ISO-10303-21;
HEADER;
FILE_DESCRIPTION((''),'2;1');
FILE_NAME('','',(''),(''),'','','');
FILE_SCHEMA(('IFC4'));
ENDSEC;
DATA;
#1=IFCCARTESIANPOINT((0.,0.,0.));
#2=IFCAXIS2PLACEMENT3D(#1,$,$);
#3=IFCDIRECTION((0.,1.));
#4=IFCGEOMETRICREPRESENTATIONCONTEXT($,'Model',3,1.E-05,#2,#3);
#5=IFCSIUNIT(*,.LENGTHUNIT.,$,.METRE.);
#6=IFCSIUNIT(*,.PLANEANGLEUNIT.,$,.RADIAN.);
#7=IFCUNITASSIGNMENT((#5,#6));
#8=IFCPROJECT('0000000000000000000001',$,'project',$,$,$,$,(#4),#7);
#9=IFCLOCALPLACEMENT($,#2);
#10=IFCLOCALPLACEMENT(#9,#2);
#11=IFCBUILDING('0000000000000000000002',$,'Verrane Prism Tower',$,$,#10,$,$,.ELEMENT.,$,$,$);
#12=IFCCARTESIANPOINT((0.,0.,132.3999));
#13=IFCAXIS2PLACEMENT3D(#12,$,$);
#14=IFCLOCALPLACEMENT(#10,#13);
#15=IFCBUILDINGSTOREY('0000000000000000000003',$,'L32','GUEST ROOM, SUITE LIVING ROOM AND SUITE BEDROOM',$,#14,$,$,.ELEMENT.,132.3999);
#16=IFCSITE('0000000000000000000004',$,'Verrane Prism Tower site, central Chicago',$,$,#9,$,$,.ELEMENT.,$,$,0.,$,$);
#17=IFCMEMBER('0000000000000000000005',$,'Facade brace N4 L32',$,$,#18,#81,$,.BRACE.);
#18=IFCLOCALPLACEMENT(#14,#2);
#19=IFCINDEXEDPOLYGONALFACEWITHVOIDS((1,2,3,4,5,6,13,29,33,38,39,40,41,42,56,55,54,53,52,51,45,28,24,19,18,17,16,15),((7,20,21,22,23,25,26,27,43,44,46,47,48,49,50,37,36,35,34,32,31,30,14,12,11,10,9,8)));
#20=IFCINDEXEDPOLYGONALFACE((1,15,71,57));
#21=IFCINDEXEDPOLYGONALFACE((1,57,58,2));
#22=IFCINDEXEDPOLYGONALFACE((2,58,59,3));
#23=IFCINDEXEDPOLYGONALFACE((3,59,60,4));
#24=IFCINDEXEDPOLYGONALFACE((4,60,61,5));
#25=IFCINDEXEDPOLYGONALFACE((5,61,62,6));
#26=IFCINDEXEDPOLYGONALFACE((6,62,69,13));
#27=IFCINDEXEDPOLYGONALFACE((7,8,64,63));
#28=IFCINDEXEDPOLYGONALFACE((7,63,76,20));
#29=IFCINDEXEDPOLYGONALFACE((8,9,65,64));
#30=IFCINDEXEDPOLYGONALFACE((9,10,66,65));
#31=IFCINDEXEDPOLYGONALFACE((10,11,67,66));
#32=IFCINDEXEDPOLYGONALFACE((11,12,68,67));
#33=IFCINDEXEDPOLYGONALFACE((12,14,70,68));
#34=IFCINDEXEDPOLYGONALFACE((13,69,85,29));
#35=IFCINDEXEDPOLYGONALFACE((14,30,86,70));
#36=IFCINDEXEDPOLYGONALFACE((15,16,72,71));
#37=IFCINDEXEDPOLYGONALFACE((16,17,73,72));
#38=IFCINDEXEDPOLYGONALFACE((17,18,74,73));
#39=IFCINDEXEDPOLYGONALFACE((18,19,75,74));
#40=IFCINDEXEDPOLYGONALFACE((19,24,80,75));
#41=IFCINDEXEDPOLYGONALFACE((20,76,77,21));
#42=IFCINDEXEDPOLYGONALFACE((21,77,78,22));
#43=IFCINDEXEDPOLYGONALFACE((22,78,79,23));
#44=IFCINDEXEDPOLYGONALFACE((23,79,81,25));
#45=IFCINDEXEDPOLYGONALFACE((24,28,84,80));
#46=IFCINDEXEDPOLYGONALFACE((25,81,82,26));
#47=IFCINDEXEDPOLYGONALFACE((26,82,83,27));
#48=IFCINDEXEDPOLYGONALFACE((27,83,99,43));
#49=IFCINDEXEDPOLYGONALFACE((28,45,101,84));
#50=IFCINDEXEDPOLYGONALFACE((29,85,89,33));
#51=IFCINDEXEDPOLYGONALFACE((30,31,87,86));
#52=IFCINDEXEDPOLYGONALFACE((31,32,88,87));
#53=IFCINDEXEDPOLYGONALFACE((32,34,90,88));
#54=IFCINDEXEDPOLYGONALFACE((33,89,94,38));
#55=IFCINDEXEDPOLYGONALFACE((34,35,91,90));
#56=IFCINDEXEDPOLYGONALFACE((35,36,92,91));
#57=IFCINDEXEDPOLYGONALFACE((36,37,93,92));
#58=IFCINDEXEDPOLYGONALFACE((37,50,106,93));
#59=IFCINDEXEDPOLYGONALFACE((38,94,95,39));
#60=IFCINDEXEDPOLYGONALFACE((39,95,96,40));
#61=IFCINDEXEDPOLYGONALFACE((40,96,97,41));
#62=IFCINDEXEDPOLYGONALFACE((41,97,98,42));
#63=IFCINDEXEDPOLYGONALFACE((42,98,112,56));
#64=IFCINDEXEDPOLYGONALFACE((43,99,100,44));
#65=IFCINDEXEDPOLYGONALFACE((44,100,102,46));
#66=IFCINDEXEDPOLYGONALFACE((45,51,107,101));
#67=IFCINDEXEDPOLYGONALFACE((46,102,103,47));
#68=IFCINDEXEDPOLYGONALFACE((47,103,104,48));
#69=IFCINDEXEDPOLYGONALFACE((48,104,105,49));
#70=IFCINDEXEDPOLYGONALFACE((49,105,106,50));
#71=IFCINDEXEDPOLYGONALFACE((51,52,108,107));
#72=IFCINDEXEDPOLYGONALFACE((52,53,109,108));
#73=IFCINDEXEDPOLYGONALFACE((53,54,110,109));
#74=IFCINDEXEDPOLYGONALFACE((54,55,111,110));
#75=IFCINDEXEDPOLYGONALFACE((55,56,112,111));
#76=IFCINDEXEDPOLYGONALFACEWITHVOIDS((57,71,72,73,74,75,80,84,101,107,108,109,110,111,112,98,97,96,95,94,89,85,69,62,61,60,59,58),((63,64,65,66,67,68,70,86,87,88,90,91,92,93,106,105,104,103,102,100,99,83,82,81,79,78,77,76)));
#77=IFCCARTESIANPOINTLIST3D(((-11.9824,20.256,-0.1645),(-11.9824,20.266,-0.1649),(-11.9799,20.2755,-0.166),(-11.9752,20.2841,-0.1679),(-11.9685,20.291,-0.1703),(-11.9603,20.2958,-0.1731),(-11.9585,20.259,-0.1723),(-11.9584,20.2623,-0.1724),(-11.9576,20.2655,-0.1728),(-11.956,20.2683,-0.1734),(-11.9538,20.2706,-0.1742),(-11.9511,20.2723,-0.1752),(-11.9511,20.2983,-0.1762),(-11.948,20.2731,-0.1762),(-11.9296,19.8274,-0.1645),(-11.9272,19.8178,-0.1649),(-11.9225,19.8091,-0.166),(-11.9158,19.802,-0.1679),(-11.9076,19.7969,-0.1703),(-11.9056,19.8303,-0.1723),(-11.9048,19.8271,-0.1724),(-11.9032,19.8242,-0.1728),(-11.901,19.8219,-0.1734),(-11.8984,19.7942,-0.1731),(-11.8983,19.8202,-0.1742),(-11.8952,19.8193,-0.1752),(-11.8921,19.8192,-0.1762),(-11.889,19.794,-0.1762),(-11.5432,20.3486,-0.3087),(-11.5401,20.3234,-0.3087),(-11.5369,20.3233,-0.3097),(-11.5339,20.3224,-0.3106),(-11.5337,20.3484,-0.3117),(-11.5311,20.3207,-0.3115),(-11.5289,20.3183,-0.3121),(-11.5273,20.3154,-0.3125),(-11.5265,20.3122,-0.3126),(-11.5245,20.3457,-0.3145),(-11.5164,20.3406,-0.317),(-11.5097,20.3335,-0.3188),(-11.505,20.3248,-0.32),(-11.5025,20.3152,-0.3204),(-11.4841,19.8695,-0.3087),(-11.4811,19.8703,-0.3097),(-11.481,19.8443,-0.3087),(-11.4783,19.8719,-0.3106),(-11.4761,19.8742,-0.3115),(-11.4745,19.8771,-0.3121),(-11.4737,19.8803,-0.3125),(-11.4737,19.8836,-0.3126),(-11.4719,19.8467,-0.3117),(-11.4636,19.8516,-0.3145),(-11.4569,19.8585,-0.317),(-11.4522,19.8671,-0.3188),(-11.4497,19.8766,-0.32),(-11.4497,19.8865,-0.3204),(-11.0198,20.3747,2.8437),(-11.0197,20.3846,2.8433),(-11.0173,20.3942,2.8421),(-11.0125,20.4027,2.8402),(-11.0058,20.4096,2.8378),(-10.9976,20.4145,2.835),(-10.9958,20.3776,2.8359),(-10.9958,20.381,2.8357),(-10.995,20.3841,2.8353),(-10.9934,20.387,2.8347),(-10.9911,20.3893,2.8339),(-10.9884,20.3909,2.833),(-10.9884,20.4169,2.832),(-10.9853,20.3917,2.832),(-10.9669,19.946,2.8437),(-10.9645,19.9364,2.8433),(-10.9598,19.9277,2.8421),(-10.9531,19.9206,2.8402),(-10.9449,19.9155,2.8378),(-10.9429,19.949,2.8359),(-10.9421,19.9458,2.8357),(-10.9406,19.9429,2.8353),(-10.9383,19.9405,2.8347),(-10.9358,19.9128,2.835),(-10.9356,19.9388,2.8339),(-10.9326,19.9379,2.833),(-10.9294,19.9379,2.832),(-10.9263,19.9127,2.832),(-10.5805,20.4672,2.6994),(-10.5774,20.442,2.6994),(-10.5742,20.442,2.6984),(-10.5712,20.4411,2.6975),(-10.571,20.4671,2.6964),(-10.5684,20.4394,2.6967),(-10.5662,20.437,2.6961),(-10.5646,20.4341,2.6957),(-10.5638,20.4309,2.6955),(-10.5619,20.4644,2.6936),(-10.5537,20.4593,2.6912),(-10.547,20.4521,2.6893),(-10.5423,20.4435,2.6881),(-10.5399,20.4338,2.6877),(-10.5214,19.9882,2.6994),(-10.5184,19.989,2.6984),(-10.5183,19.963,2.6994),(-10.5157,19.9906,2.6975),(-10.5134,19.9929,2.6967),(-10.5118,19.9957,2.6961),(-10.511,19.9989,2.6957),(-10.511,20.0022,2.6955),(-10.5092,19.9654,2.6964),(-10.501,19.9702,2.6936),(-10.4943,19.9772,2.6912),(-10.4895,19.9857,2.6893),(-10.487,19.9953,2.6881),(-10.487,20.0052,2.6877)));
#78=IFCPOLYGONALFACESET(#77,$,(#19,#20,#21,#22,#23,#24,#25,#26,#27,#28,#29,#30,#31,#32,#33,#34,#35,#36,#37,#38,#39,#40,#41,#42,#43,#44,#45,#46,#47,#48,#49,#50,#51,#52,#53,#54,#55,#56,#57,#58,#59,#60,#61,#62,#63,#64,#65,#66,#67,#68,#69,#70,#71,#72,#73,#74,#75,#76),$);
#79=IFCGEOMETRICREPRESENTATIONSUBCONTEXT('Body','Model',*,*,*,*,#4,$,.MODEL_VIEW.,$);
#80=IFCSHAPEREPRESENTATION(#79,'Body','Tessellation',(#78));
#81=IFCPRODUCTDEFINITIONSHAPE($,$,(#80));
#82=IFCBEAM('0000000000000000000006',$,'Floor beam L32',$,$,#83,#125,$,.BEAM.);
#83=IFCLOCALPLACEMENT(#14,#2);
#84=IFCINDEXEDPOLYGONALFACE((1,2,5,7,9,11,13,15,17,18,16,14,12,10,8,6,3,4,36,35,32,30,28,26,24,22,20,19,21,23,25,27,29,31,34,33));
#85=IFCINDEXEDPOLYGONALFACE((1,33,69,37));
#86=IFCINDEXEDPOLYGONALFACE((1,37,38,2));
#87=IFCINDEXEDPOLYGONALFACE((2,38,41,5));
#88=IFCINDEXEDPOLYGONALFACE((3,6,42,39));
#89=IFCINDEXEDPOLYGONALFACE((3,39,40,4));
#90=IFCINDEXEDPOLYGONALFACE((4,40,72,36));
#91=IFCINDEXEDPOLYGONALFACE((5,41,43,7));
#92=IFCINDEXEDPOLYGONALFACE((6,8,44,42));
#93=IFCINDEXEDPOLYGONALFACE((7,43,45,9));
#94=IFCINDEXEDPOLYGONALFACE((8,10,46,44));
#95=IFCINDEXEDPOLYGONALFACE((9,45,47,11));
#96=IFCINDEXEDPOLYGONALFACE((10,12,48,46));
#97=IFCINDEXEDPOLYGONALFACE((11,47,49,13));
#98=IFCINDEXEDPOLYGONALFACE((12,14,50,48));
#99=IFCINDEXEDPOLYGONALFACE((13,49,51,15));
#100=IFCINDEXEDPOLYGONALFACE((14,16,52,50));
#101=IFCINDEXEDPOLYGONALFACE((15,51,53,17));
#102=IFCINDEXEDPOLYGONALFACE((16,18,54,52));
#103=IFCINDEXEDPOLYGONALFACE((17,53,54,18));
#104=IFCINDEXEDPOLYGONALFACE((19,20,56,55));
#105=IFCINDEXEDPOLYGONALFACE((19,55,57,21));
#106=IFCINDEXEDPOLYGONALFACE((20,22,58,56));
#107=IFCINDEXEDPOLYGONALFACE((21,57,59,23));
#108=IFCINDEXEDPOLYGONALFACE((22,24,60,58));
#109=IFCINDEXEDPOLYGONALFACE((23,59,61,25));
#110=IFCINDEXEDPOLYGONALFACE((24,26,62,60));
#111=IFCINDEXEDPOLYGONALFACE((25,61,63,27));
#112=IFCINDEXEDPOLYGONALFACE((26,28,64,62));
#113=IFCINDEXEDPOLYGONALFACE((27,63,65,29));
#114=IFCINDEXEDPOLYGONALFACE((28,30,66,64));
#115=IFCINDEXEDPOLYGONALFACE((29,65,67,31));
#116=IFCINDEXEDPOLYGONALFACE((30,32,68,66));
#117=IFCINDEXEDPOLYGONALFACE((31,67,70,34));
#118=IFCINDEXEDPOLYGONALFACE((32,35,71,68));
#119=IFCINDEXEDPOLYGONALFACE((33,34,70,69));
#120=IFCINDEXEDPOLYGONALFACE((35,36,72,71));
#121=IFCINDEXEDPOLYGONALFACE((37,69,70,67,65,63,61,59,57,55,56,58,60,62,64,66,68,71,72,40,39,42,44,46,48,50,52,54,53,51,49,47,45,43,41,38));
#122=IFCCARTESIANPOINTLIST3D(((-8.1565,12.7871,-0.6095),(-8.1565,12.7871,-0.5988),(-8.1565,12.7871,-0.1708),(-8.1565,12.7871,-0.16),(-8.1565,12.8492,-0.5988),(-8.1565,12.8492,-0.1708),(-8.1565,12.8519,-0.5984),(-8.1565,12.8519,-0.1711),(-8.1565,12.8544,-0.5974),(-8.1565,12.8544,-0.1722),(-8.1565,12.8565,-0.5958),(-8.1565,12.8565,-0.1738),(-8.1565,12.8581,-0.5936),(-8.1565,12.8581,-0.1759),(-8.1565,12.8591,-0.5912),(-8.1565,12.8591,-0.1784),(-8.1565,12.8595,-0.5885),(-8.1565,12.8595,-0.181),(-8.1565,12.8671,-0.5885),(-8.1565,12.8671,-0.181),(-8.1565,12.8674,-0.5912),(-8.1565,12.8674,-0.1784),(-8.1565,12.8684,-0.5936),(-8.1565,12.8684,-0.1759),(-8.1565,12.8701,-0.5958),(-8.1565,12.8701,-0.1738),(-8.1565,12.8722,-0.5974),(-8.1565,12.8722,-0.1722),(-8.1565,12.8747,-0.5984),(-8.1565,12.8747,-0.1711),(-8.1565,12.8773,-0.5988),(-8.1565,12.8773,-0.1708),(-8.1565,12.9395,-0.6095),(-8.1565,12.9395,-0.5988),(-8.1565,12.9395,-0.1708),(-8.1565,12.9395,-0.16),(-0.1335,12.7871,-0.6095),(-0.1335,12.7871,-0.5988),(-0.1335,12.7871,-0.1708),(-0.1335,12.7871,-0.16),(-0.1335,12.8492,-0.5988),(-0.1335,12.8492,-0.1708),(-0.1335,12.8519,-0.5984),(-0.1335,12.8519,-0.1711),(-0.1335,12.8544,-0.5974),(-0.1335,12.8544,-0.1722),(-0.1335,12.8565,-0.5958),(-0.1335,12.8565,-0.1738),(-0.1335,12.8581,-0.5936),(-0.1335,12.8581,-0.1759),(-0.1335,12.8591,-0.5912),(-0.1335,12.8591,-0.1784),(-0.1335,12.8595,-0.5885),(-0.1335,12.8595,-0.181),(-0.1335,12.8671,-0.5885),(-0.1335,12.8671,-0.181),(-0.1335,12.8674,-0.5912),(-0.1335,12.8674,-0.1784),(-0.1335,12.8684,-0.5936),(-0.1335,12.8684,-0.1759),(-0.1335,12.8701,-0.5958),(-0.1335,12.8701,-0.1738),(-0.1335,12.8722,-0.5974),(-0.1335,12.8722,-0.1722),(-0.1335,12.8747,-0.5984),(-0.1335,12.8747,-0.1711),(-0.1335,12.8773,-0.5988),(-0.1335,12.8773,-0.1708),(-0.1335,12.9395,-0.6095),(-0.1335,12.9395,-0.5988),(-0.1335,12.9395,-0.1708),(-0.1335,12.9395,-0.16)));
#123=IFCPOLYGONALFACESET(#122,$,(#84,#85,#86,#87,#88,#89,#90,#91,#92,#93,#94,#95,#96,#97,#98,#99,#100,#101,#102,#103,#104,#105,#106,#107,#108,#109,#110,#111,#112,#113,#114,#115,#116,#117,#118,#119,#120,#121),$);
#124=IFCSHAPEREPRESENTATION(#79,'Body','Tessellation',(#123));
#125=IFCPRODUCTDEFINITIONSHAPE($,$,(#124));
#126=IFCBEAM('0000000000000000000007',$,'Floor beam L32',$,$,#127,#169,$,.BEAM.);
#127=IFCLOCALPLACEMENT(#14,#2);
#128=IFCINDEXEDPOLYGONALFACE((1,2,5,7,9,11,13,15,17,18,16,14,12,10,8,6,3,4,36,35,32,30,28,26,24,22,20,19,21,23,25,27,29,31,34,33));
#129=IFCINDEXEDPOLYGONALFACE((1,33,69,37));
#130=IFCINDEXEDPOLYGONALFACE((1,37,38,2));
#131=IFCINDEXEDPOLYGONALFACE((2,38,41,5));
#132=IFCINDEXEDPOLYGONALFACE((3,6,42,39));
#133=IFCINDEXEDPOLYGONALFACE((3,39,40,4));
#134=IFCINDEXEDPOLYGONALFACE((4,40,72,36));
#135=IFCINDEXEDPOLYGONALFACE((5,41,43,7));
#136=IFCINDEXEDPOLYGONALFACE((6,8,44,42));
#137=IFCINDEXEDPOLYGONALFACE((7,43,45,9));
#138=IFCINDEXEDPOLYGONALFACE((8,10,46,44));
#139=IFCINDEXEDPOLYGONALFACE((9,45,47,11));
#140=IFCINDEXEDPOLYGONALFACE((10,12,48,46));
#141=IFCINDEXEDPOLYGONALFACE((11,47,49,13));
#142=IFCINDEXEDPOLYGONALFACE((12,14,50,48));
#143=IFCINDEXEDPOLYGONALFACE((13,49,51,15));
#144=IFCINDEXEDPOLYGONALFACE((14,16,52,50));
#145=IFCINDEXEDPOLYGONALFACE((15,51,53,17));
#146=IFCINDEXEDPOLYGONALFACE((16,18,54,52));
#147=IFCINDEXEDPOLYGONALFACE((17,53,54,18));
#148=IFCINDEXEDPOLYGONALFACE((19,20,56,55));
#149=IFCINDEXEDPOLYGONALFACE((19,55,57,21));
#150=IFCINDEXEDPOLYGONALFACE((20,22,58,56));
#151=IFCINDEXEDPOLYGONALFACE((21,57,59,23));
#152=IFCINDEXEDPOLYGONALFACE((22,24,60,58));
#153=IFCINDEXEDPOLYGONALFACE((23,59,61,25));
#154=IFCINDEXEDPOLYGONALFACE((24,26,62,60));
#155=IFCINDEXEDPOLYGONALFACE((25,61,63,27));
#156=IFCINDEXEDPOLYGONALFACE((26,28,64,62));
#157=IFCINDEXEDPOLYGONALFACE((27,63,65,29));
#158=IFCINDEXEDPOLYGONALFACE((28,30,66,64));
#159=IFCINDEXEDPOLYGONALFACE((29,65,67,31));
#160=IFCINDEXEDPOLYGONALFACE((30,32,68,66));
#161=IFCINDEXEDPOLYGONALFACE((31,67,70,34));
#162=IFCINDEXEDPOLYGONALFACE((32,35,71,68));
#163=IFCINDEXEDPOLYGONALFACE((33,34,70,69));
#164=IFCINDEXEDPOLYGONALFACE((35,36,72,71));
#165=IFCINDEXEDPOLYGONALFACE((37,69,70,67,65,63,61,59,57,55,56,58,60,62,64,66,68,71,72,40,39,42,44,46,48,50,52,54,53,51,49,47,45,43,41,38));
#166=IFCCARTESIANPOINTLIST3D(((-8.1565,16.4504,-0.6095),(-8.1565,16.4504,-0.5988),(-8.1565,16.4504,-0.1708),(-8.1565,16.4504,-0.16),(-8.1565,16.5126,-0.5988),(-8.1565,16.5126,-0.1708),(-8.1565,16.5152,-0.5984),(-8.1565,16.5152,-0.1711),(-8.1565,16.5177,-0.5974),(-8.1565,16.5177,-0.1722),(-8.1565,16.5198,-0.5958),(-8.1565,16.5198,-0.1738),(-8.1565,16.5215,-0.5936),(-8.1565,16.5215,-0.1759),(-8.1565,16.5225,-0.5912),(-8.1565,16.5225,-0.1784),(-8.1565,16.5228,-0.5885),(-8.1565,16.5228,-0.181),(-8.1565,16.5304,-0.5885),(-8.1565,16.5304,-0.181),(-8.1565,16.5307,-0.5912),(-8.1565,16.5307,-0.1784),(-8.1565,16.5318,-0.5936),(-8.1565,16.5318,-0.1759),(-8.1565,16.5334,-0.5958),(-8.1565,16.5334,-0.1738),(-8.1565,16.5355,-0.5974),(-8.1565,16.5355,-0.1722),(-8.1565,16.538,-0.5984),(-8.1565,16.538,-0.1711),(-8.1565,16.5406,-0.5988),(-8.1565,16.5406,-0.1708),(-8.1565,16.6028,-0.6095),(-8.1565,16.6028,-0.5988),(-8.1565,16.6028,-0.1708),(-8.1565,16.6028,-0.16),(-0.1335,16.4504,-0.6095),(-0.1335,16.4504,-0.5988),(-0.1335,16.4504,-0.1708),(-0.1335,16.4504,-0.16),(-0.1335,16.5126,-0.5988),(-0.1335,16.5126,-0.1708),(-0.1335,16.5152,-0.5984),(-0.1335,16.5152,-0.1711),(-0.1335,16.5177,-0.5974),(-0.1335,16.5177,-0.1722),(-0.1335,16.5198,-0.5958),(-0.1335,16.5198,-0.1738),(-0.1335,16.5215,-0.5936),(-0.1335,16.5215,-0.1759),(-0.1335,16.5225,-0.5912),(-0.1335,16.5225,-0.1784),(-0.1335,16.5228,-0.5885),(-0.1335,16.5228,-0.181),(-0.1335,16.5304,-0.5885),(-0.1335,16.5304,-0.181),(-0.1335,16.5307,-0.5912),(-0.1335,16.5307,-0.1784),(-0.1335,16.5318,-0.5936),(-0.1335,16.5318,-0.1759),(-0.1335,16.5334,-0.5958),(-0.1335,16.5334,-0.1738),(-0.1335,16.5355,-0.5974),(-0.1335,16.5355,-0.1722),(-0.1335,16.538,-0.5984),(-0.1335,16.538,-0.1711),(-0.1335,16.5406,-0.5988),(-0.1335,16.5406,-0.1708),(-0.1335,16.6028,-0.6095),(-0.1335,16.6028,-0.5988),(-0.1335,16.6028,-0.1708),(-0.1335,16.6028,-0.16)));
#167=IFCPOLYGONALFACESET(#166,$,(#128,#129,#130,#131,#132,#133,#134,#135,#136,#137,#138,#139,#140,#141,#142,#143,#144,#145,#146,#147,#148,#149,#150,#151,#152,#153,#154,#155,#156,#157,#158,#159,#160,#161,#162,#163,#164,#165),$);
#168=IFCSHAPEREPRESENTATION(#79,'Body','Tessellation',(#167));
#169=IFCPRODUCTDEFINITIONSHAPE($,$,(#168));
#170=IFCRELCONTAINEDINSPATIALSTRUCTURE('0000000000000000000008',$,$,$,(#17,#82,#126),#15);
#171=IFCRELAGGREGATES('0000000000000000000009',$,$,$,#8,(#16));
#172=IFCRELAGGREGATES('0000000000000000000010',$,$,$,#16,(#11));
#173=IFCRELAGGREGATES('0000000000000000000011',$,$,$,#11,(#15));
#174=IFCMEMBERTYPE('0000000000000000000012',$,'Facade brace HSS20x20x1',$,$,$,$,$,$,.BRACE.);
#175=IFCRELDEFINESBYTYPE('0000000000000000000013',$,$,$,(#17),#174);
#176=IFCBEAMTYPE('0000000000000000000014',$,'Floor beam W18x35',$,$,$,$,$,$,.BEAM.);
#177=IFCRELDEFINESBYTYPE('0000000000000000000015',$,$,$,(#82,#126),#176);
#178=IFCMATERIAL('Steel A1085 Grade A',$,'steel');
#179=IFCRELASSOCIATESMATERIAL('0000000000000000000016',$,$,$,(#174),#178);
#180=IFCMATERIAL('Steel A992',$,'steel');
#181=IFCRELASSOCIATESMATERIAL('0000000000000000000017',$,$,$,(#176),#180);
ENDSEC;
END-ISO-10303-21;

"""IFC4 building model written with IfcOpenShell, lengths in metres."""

from ifc_helpers import new_model, si_unit, direction, frame, origin, origin_2d, place, context, subcontext, project, spatial, hollow_rectangle, i_section, extrude, material, material_profile, profile_set, type_object, element, save


model = new_model("IFC4")

# Units and contexts
model_context = context("Model", 3, precision=1e-05, world=origin(), true_north=direction((0.0, 1.0)))
body_context = subcontext(model_context, "Body", "Model", "MODEL_VIEW")
ifc_project = project(units=[si_unit("LENGTHUNIT", "METRE"), si_unit("PLANEANGLEUNIT", "RADIAN")], contexts=[model_context])

# Site, building, storey
site_placement = place(None, origin())
site = spatial("IfcSite", under=ifc_project, at=site_placement, Name="Verrane Prism Tower site, central Chicago", CompositionType="ELEMENT", RefElevation=0.0)
building_placement = place(site_placement, origin())
building = spatial("IfcBuilding", under=site, at=building_placement, Name="Verrane Prism Tower", CompositionType="ELEMENT")
storey_placement = place(building_placement, frame((0.0, 0.0, 132.3999)))
storey = spatial("IfcBuildingStorey", under=building, at=storey_placement, Name="L32", Description="GUEST ROOM, SUITE LIVING ROOM AND SUITE BEDROOM", CompositionType="ELEMENT", Elevation=132.3999)

# Member
ifc_material_1 = material(Name="Steel A1085 Grade A", Category="steel")
ifc_material_profile_1 = material_profile(ifc_material_1, hollow_rectangle(XDim=0.5081, YDim=0.5081, WallThickness=0.0254, InnerFilletRadius=0.0127, OuterFilletRadius=0.0381, at=origin_2d()), Name="HSS20x20x1")
ifc_profile_set_1 = profile_set([ifc_material_profile_1], Name="Steel A1085 Grade A")
member_type_1 = type_object("IfcMemberType", Name="Facade brace HSS20x20x1", PredefinedType="BRACE", material=ifc_profile_set_1)
member_1_placement = place(storey_placement, frame((-11.7161, 20.0713, -0.2424), z_axis=(0.304581, 0.037541, 0.951746), x_axis=(-0.122331, 0.992489, 0.0)))
element("IfcMember", 1, at=member_1_placement, inside=storey, type_object=member_type_1, Name="Facade brace N4 L32", PredefinedType="BRACE", context=body_context, shape_type="SweptSolid", body=[
    extrude(hollow_rectangle(XDim=0.5081, YDim=0.5081, WallThickness=0.0254, InnerFilletRadius=0.0127, OuterFilletRadius=0.0381, at=origin_2d()), origin(), (0.0, 0.0, 1.0), 3.1606),
])

# Beams
ifc_material_2 = material(Name="Steel A992", Category="steel")
ifc_material_profile_2 = material_profile(ifc_material_2, i_section(OverallWidth=0.1523, OverallDepth=0.4495, WebThickness=0.0076, FlangeThickness=0.0107, FilletRadius=0.0103, at=origin_2d()), Name="W18x35")
ifc_profile_set_2 = profile_set([ifc_material_profile_2], Name="Steel A992")
beam_type_1 = type_object("IfcBeamType", Name="Floor beam W18x35", PredefinedType="BEAM", material=ifc_profile_set_2)
for number, where, z_axis, x_axis, name in (
    (2, (-8.1565, 12.8633, -0.3848), (1.0, 0.0, 0.0), (0.0, 1.0, 0.0), "Floor beam L32"),
    (3, (-8.1565, 16.5266, -0.3848), (1.0, 0.0, 0.0), (0.0, 1.0, 0.0), "Floor beam L32"),
):
    element("IfcBeam", number, at=place(storey_placement, frame(where, z_axis=z_axis, x_axis=x_axis)), inside=storey, type_object=beam_type_1, Name=name, PredefinedType="BEAM", context=body_context, shape_type="SweptSolid", body=[
        extrude(i_section(OverallWidth=0.1523, OverallDepth=0.4495, WebThickness=0.0076, FlangeThickness=0.0107, FilletRadius=0.0103, at=origin_2d()), origin(), (0.0, 0.0, 1.0), 8.0229),
    ])

save(model, "model.ifc")
